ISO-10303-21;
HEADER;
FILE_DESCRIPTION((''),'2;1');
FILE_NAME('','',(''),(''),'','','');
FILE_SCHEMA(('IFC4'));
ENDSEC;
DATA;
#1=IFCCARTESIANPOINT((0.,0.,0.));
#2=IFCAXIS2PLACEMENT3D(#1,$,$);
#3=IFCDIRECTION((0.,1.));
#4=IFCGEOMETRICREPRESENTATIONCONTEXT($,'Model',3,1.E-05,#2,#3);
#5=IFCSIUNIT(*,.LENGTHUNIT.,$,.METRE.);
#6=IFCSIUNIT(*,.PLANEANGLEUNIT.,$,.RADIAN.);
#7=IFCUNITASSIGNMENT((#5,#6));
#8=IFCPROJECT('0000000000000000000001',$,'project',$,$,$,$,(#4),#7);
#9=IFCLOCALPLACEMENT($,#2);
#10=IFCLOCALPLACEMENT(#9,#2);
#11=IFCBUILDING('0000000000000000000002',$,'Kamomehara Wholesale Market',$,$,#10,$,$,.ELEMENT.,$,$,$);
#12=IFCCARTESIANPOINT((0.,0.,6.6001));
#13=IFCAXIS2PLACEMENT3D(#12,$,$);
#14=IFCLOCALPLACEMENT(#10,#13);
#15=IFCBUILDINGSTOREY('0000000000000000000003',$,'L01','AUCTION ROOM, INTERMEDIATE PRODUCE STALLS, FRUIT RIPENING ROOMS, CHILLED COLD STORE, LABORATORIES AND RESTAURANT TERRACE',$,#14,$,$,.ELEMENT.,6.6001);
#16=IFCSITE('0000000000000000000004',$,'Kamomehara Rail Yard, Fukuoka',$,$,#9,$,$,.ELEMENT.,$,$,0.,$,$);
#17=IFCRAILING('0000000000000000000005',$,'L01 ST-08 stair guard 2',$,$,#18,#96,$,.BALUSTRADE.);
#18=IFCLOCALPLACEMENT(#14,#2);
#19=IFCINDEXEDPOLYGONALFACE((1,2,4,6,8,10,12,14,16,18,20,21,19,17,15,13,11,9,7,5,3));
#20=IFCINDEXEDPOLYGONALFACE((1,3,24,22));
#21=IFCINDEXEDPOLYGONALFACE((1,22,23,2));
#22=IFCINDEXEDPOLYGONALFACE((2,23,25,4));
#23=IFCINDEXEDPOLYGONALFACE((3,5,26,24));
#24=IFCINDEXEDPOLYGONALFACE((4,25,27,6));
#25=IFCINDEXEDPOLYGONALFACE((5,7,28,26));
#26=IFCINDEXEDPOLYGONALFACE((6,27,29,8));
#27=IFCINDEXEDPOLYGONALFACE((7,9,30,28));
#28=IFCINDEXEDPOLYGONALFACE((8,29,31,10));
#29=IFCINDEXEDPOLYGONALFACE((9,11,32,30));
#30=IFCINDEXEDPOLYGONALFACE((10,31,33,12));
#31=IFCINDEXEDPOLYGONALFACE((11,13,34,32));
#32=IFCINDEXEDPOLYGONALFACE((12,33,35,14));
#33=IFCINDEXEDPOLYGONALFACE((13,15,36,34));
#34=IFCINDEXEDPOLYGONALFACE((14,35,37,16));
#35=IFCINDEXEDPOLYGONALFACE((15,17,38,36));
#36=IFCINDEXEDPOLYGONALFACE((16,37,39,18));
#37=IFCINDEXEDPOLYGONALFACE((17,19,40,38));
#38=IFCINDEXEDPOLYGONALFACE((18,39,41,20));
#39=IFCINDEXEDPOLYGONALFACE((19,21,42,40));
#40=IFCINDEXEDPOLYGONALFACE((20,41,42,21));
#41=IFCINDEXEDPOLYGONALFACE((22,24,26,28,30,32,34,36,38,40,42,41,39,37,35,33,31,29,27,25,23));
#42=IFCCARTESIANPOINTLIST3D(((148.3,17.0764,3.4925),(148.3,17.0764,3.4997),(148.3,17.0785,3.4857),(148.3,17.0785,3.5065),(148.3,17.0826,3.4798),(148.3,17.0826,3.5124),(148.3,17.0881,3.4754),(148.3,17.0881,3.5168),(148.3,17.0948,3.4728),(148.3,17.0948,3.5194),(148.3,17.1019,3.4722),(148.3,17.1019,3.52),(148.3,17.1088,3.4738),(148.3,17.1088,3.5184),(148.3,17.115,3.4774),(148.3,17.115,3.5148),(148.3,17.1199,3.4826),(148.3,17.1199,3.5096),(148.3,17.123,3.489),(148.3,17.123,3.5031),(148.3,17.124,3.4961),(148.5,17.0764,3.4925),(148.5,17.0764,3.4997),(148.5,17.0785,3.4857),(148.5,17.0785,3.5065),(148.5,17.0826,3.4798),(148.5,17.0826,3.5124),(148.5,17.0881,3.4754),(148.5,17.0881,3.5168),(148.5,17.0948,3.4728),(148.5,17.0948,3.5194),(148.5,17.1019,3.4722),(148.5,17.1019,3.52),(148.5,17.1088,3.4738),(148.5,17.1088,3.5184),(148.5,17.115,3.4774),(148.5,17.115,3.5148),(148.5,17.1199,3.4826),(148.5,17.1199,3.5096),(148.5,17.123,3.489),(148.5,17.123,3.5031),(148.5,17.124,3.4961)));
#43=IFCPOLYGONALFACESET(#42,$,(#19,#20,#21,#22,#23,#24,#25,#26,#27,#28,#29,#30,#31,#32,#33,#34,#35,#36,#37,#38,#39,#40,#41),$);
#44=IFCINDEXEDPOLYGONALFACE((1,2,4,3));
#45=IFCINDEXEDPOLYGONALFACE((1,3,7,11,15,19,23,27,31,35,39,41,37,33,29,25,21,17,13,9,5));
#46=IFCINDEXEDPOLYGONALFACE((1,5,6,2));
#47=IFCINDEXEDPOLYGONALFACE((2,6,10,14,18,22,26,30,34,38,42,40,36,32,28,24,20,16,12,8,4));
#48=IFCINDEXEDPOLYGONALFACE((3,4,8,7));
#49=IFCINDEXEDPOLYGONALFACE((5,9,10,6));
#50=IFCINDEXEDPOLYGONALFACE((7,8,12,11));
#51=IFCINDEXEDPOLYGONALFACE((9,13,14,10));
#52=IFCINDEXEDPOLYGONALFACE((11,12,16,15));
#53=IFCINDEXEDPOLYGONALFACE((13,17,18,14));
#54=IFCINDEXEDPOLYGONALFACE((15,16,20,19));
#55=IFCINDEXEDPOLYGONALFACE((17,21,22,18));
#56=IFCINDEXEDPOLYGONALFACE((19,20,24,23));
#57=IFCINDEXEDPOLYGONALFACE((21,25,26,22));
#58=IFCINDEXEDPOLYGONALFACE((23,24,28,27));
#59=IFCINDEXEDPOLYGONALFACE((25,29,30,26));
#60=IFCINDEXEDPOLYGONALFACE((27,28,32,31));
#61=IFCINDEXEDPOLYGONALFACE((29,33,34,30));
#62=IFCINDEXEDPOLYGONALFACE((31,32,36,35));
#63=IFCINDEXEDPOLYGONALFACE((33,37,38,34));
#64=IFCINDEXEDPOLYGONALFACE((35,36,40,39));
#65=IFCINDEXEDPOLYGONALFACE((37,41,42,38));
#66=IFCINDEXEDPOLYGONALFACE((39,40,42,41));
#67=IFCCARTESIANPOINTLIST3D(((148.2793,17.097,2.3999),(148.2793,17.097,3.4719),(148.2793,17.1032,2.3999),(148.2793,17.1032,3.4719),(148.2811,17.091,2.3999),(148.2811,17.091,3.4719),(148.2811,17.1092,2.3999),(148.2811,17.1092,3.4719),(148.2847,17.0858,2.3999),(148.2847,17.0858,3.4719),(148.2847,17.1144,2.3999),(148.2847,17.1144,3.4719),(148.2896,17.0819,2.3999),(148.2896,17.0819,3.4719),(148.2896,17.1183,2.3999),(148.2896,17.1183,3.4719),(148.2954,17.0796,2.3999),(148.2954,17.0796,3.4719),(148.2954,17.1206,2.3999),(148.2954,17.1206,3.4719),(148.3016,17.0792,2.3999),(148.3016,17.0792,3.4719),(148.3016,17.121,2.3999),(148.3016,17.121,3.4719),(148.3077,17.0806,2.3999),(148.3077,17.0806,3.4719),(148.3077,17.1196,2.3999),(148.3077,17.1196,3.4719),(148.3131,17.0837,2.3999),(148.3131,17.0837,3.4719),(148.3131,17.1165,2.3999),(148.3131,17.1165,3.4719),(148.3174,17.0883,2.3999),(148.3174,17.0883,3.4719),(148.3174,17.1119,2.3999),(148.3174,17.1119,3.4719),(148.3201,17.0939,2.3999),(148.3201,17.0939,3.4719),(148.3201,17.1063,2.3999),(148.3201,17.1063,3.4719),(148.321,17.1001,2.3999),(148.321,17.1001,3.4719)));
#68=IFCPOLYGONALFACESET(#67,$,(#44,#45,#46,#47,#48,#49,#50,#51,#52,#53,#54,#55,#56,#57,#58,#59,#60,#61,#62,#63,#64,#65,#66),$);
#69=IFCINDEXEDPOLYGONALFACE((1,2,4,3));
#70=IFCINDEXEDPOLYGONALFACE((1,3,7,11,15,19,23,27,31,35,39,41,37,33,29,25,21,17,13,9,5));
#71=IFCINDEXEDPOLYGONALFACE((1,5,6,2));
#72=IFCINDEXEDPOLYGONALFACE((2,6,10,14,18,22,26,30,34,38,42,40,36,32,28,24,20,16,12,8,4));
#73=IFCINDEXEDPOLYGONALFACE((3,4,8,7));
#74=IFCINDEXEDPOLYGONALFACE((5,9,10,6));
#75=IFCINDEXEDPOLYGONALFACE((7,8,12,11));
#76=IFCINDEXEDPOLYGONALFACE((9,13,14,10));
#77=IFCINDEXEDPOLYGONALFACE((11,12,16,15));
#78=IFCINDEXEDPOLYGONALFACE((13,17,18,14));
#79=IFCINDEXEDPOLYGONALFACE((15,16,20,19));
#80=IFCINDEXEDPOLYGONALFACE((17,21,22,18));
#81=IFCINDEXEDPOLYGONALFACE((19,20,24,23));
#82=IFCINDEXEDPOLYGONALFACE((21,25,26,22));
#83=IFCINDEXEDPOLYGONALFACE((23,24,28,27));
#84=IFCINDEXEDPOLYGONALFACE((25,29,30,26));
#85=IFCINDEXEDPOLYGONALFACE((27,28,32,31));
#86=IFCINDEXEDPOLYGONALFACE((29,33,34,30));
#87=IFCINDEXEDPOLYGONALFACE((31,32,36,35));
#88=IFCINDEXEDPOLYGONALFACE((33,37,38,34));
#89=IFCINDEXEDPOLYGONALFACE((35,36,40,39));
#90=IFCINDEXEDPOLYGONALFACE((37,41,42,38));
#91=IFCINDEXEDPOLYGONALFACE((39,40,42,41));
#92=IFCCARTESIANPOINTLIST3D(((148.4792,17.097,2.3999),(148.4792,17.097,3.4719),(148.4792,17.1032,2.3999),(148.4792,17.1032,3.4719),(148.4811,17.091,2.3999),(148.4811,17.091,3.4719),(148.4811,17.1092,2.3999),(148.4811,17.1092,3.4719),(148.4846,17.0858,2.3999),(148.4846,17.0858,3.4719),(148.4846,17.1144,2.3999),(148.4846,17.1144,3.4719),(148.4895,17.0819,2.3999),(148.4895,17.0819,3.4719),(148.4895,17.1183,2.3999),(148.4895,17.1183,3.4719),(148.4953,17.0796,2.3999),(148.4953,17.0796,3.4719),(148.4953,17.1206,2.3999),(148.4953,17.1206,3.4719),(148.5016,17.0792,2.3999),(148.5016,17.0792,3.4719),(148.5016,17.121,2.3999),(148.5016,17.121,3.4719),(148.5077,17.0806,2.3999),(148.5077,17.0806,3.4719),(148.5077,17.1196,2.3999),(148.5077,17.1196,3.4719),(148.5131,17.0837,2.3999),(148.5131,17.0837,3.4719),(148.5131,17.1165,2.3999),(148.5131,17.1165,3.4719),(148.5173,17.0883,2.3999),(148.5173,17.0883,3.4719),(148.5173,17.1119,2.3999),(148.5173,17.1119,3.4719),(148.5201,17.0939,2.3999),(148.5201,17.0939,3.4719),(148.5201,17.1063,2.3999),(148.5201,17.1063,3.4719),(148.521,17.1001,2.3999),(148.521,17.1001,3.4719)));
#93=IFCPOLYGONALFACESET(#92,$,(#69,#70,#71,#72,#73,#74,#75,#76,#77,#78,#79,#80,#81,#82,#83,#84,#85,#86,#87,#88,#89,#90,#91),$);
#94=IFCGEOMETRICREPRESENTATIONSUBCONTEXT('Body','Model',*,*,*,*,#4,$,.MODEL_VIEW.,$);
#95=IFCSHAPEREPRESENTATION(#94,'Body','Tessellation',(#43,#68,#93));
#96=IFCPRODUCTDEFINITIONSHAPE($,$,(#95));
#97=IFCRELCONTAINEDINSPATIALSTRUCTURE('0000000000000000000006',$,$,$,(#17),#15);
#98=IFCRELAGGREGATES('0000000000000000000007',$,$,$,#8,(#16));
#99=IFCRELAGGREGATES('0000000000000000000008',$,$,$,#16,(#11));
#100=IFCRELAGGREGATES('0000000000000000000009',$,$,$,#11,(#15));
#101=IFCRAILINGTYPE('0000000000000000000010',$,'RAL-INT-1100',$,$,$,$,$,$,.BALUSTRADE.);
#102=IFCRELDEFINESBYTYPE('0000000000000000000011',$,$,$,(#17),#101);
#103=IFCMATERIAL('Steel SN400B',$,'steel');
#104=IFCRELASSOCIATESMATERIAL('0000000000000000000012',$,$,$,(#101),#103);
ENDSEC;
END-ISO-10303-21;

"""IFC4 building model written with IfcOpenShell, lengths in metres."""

from ifc_helpers import new_model, si_unit, direction, frame, origin, origin_2d, place, context, subcontext, project, spatial, circle, extrude, material, type_object, element, save


model = new_model("IFC4")

# Units and contexts
model_context = context("Model", 3, precision=1e-05, world=origin(), true_north=direction((0.0, 1.0)))
body_context = subcontext(model_context, "Body", "Model", "MODEL_VIEW")
ifc_project = project(units=[si_unit("LENGTHUNIT", "METRE"), si_unit("PLANEANGLEUNIT", "RADIAN")], contexts=[model_context])

# Site, building, storey
site_placement = place(None, origin())
site = spatial("IfcSite", under=ifc_project, at=site_placement, Name="Kamomehara Rail Yard, Fukuoka", CompositionType="ELEMENT", RefElevation=0.0)
building_placement = place(site_placement, origin())
building = spatial("IfcBuilding", under=site, at=building_placement, Name="Kamomehara Wholesale Market", CompositionType="ELEMENT")
storey_placement = place(building_placement, frame((0.0, 0.0, 6.6001)))
storey = spatial("IfcBuildingStorey", under=building, at=storey_placement, Name="L01", Description="AUCTION ROOM, INTERMEDIATE PRODUCE STALLS, FRUIT RIPENING ROOMS, CHILLED COLD STORE, LABORATORIES AND RESTAURANT TERRACE", CompositionType="ELEMENT", Elevation=6.6001)

# Railing
ifc_material_1 = material(Name="Steel SN400B", Category="steel")
railing_type_1 = type_object("IfcRailingType", Name="RAL-INT-1100", PredefinedType="BALUSTRADE", material=ifc_material_1)
railing_1_placement = place(storey_placement, frame((148.3, 17.1001, 2.3999)))
element("IfcRailing", 1, at=railing_1_placement, inside=storey, type_object=railing_type_1, Name="L01 ST-08 stair guard 2", PredefinedType="BALUSTRADE", context=body_context, shape_type="SweptSolid", body=[
    extrude(circle(Radius=0.0239, at=origin_2d()), frame((0.0, 0.0, 1.0962), z_axis=(1.0, 0.0, 0.0), x_axis=(0.0, 1.0, 0.0)), (0.0, 0.0, 1.0), 0.2),
    extrude(circle(Radius=0.021, at=origin_2d()), origin(), (0.0, 0.0, 1.0), 1.072),
    extrude(circle(Radius=0.021, at=origin_2d()), frame((0.2, 0.0, 0.0)), (0.0, 0.0, 1.0), 1.072),
])

save(model, "model.ifc")
